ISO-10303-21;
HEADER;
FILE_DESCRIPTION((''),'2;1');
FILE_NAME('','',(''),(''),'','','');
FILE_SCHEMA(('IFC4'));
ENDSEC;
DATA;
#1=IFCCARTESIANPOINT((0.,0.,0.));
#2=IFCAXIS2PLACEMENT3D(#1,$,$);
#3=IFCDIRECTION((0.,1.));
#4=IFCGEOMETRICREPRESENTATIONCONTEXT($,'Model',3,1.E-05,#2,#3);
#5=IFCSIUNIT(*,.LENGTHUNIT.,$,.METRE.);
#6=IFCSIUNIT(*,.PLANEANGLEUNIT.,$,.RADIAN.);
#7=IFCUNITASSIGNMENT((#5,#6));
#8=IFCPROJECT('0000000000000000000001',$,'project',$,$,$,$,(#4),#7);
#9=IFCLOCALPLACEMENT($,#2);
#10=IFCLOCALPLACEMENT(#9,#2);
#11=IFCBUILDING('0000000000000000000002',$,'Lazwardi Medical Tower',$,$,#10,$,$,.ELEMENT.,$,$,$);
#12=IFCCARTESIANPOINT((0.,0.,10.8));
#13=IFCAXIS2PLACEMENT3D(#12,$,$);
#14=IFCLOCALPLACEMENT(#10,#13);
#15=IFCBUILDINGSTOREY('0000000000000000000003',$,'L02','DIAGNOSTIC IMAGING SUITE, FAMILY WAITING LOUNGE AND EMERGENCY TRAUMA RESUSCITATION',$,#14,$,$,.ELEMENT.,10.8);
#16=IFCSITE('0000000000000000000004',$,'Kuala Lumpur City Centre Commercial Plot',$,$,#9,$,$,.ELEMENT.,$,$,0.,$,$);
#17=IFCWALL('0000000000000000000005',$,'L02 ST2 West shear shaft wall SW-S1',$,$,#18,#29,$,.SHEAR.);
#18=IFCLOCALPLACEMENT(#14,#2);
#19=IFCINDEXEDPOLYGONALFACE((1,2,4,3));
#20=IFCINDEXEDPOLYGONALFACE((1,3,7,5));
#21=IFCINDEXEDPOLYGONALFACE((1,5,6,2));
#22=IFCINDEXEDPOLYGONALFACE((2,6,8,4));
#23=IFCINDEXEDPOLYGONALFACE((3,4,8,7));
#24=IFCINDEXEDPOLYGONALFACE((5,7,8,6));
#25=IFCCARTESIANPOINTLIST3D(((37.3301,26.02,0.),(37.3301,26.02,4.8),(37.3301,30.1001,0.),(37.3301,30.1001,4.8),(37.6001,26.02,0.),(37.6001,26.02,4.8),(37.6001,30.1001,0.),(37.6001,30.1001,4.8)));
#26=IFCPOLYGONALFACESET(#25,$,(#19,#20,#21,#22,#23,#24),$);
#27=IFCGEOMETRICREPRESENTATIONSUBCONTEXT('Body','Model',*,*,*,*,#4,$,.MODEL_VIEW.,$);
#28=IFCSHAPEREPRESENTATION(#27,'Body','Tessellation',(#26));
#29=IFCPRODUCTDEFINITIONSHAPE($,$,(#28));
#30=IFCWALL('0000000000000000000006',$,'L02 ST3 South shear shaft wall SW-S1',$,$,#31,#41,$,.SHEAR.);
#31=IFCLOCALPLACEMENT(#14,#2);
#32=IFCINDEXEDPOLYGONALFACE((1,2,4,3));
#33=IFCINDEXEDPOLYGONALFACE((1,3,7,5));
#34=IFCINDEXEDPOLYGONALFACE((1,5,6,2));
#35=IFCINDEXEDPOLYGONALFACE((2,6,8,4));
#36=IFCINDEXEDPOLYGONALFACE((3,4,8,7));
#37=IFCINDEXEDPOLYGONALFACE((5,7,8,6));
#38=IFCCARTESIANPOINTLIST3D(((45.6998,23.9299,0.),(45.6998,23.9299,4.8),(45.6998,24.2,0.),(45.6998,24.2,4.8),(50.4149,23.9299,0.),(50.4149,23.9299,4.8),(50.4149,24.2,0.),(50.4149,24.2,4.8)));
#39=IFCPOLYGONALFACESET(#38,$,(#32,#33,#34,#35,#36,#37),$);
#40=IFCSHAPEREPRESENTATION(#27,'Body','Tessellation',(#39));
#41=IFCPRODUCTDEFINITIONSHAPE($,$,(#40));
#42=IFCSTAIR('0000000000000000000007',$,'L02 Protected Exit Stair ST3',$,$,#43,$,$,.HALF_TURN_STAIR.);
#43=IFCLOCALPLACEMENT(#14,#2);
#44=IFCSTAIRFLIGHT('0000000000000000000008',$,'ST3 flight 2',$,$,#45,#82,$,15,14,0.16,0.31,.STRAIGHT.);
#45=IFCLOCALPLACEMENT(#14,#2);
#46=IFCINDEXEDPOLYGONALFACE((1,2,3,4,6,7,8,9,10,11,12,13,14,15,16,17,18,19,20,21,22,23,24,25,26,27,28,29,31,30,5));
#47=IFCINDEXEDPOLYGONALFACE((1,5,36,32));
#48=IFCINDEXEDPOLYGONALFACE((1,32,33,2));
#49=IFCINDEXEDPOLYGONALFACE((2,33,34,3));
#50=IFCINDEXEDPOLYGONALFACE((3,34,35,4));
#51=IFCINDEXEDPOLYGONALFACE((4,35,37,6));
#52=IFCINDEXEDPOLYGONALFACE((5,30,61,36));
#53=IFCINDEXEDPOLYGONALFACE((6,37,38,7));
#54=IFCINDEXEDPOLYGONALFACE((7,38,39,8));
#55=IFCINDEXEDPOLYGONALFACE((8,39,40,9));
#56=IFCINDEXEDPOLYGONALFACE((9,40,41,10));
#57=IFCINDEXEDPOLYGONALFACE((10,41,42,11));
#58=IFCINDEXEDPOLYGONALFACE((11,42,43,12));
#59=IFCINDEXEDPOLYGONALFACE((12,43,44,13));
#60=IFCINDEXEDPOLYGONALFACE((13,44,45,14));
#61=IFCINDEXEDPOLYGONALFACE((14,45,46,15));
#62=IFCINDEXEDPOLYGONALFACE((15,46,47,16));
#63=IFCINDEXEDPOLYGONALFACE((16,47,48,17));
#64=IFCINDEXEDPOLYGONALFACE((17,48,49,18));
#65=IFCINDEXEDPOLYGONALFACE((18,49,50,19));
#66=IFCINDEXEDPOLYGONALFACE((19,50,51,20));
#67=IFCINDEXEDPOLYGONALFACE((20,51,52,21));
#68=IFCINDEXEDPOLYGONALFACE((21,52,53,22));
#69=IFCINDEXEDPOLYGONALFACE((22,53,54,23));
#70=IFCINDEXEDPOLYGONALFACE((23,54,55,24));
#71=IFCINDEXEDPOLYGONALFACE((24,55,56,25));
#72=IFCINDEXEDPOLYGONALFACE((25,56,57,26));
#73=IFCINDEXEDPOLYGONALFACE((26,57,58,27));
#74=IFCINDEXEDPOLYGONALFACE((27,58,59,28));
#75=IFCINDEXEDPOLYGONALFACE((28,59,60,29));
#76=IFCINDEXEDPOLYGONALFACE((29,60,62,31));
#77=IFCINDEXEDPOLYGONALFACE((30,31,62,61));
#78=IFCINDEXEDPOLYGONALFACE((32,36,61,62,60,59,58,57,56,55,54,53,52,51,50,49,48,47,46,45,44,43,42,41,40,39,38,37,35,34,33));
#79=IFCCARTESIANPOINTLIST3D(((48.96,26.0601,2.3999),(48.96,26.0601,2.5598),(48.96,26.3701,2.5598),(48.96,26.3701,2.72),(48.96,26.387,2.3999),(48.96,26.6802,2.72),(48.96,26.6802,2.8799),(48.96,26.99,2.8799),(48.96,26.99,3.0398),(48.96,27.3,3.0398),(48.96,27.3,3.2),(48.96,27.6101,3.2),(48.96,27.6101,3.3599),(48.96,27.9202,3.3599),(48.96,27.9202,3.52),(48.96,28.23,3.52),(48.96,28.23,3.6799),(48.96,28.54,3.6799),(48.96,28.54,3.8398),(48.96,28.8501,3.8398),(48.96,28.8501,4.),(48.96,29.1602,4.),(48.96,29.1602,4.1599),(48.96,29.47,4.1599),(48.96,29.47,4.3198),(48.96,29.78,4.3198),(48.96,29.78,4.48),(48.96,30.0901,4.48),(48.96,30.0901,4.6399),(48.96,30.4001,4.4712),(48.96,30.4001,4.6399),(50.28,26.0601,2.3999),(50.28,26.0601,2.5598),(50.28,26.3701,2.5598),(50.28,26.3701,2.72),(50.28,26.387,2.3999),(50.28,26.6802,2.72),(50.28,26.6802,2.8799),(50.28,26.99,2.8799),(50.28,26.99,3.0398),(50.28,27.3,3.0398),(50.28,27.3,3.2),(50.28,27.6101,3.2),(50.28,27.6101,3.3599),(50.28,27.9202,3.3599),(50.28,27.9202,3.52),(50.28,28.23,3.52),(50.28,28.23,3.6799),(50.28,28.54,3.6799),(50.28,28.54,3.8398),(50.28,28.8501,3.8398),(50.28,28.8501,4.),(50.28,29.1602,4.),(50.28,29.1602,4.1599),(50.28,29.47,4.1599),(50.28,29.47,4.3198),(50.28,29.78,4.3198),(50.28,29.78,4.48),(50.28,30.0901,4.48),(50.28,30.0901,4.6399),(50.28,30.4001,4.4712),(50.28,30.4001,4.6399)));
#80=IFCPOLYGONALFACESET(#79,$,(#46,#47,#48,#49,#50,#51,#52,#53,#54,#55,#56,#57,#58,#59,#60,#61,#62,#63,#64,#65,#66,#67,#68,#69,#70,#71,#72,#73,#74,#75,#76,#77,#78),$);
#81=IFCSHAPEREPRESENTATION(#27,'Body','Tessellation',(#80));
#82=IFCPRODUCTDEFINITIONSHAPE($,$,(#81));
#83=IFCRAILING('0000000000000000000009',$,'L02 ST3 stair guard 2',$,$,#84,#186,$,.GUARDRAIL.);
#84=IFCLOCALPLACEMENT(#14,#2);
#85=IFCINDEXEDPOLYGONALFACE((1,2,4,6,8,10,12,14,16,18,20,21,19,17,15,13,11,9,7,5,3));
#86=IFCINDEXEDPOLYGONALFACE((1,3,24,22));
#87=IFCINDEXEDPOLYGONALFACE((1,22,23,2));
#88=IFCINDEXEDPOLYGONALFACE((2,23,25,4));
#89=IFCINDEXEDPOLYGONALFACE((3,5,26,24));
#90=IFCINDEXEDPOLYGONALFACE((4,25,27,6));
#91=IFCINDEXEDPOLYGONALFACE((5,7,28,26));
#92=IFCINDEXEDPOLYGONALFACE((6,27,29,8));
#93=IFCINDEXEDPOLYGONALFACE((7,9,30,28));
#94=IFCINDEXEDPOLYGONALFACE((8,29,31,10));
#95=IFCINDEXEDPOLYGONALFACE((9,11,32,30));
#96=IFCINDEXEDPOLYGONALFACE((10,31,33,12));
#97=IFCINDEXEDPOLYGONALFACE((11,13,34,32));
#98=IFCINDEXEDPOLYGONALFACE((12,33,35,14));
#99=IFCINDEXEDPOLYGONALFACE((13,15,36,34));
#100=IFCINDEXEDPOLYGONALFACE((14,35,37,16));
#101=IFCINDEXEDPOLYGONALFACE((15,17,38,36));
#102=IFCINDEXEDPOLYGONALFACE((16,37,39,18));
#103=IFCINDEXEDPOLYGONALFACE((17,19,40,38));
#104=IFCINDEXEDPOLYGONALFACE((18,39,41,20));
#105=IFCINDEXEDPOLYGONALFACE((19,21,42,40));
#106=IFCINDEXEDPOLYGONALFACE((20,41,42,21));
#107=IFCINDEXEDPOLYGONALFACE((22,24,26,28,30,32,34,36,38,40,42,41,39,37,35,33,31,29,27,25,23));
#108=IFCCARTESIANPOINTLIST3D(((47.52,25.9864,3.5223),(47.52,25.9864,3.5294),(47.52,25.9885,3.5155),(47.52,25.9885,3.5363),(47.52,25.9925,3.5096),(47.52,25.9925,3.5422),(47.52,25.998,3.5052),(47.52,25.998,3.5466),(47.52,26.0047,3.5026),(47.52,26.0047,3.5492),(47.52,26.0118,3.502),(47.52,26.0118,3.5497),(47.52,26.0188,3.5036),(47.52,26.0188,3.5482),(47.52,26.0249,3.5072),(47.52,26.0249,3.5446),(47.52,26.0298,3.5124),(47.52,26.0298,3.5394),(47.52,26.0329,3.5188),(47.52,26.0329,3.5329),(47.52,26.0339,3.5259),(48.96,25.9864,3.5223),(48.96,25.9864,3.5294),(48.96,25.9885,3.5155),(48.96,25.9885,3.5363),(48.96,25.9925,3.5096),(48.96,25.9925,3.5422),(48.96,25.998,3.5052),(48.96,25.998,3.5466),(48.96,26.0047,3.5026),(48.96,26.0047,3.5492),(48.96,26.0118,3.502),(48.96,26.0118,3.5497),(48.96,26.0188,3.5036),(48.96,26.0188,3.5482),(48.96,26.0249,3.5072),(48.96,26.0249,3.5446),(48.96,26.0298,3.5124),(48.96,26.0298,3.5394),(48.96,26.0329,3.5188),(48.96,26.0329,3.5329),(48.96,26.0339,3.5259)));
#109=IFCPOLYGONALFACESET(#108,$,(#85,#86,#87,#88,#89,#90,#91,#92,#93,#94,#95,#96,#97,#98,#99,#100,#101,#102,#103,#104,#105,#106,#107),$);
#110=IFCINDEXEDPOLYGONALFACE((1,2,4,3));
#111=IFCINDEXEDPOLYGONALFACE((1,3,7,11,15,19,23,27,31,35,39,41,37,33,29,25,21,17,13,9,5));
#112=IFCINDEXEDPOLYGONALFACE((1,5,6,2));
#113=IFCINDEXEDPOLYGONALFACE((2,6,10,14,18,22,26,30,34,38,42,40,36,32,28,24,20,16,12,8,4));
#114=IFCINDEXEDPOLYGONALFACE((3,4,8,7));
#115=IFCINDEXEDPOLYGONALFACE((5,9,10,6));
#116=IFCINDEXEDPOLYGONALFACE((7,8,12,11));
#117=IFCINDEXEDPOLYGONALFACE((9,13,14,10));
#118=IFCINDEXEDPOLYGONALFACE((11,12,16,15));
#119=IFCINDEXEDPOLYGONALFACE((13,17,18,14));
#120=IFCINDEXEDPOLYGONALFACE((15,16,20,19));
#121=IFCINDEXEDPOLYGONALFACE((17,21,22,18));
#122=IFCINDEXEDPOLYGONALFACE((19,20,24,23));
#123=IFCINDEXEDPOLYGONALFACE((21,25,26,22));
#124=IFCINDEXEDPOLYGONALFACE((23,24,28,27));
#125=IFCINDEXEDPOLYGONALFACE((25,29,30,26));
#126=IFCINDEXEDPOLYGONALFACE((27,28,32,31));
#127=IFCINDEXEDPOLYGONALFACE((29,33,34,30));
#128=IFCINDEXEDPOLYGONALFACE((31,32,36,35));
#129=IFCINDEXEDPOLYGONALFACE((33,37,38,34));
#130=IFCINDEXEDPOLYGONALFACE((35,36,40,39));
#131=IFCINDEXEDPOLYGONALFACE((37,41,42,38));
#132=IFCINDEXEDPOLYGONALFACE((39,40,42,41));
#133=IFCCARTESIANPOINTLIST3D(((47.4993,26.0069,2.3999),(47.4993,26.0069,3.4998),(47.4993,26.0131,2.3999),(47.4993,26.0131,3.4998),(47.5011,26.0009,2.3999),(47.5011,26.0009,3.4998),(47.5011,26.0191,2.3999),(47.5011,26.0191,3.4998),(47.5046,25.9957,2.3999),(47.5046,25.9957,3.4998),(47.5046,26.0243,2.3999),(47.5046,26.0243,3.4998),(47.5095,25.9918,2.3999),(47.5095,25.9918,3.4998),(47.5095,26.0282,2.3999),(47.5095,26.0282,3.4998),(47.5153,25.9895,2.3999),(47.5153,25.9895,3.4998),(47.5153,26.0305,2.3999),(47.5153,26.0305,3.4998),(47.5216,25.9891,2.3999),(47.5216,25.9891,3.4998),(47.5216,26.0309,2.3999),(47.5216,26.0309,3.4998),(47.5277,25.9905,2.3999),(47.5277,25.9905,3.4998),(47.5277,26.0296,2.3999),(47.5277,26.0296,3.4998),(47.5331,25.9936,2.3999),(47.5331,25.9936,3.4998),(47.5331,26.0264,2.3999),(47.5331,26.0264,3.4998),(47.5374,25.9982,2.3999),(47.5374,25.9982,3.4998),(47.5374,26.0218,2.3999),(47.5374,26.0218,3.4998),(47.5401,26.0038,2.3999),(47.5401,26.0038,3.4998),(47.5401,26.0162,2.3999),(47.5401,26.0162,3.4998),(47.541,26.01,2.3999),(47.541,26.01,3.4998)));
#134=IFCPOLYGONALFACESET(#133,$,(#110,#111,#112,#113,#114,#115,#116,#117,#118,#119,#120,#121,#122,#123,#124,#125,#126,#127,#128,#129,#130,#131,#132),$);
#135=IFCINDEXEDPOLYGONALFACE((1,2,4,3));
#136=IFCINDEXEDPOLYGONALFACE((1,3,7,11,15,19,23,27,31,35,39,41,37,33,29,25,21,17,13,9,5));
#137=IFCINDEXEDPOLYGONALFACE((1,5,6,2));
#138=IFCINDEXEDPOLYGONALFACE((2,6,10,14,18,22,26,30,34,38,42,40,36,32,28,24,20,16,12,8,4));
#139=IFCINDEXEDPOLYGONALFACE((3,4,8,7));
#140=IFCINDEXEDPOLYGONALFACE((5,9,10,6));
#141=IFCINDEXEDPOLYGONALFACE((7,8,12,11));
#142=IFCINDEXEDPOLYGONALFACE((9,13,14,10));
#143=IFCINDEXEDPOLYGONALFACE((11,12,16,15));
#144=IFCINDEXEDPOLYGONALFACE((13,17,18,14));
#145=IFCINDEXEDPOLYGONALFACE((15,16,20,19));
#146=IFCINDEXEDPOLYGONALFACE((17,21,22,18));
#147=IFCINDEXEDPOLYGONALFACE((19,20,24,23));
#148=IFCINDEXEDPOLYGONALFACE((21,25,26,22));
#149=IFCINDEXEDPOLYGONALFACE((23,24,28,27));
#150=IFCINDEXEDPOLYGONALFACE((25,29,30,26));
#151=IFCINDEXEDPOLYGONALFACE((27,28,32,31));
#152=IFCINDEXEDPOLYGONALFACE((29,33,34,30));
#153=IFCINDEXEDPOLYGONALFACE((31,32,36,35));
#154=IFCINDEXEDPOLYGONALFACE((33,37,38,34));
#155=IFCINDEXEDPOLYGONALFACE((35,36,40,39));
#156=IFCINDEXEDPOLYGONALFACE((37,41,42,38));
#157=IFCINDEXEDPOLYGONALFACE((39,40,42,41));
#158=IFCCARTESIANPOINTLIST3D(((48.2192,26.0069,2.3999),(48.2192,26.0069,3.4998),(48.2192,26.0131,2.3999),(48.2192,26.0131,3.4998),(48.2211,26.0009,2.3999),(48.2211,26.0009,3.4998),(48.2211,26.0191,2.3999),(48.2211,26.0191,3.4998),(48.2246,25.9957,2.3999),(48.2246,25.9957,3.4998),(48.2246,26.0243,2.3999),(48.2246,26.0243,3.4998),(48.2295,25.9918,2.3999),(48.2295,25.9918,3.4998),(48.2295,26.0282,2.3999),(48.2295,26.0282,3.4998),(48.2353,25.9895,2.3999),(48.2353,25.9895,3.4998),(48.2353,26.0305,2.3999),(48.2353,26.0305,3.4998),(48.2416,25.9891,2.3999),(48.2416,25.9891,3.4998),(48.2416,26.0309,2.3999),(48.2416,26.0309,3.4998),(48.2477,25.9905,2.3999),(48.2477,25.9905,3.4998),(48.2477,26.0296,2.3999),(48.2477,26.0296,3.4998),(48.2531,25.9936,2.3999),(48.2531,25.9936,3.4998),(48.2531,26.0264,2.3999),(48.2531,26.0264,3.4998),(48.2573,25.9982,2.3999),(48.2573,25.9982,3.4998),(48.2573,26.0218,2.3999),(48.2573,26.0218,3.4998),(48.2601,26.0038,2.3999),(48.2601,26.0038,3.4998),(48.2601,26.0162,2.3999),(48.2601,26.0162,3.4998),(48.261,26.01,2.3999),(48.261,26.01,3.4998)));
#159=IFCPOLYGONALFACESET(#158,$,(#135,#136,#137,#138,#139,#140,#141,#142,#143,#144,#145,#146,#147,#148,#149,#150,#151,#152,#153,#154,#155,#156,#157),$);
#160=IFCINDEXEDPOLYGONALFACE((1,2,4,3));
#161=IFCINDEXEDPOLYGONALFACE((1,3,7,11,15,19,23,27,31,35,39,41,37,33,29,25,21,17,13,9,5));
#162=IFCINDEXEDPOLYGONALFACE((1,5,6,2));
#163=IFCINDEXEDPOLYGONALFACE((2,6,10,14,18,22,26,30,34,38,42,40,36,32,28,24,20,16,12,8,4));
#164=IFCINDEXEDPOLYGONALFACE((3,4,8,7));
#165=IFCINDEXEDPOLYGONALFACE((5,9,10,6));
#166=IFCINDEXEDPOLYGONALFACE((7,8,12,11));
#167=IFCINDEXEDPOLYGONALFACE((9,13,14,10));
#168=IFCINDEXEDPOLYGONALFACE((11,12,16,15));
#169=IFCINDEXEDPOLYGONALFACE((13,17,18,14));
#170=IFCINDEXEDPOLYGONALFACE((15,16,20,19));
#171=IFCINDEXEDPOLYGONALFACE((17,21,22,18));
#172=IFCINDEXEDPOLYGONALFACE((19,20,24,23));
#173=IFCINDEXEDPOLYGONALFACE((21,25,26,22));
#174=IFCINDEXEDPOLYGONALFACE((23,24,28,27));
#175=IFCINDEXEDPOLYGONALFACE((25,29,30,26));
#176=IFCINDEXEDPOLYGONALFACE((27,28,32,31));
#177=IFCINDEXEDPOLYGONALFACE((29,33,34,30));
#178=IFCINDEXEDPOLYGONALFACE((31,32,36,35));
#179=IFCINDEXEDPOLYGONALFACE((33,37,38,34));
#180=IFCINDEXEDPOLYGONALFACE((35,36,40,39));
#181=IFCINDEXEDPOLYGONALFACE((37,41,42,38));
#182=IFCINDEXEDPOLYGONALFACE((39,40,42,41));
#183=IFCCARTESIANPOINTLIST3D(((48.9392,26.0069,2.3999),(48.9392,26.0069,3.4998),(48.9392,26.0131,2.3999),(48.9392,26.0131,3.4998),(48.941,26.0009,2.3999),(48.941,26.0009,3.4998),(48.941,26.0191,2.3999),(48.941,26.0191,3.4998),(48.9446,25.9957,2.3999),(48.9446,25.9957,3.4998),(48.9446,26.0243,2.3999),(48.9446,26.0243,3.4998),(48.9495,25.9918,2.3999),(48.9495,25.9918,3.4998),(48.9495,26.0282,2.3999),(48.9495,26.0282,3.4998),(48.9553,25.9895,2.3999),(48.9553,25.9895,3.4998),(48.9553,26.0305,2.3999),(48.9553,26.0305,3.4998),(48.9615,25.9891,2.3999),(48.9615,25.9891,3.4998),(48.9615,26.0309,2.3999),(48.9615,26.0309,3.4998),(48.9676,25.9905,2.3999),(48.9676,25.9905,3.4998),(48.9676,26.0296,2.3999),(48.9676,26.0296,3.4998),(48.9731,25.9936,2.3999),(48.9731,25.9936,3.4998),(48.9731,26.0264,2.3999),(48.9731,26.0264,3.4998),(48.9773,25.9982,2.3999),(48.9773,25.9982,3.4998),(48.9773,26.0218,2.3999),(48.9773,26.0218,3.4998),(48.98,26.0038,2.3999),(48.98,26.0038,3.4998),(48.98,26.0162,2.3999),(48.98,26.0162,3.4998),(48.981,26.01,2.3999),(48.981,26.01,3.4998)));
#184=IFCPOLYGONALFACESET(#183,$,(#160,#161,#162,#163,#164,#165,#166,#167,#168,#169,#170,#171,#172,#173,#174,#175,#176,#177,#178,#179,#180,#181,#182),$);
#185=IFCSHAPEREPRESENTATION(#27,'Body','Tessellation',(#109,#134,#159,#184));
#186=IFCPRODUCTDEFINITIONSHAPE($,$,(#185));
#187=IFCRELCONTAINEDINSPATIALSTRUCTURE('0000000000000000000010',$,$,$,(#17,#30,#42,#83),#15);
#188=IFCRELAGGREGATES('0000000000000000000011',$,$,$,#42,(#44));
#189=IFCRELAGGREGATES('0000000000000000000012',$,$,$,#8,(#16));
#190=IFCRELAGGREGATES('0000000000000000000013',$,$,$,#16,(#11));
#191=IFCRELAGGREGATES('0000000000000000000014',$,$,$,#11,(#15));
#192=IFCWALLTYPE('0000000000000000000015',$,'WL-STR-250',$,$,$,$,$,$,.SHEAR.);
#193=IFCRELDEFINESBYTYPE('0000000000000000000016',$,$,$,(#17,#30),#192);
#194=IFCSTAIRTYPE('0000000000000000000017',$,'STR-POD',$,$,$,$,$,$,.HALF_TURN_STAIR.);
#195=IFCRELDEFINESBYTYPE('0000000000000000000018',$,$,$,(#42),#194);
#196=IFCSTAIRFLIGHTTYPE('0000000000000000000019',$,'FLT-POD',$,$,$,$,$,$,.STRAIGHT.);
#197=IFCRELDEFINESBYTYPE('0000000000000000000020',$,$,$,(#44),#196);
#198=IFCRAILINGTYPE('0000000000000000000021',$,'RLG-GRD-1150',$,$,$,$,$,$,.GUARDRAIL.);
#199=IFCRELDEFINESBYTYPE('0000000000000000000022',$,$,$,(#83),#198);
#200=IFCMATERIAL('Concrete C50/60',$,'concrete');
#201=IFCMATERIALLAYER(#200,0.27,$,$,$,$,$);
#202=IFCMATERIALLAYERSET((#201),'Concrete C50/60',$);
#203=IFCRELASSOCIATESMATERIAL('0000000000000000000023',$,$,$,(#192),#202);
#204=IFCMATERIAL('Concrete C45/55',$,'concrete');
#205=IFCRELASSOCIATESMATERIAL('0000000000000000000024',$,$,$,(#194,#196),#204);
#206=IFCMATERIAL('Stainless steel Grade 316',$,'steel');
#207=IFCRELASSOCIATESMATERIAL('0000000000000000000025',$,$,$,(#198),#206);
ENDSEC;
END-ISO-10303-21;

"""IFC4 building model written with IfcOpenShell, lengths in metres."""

from ifc_helpers import new_model, si_unit, direction, frame, frame_2d, origin, origin_2d, place, context, subcontext, project, spatial, polyline, rectangle, circle, outline, extrude, material, layer, layer_set, type_object, element, aggregate, save


model = new_model("IFC4")

# Units and contexts
model_context = context("Model", 3, precision=1e-05, world=origin(), true_north=direction((0.0, 1.0)))
body_context = subcontext(model_context, "Body", "Model", "MODEL_VIEW")
ifc_project = project(units=[si_unit("LENGTHUNIT", "METRE"), si_unit("PLANEANGLEUNIT", "RADIAN")], contexts=[model_context])

# Site, building, storey
site_placement = place(None, origin())
site = spatial("IfcSite", under=ifc_project, at=site_placement, Name="Kuala Lumpur City Centre Commercial Plot", CompositionType="ELEMENT", RefElevation=0.0)
building_placement = place(site_placement, origin())
building = spatial("IfcBuilding", under=site, at=building_placement, Name="Lazwardi Medical Tower", CompositionType="ELEMENT")
storey_placement = place(building_placement, frame((0.0, 0.0, 10.8)))
storey = spatial("IfcBuildingStorey", under=building, at=storey_placement, Name="L02", Description="DIAGNOSTIC IMAGING SUITE, FAMILY WAITING LOUNGE AND EMERGENCY TRAUMA RESUSCITATION", CompositionType="ELEMENT", Elevation=10.8)

# Walls
ifc_material_1 = material(Name="Concrete C50/60", Category="concrete")
ifc_layer_1 = layer(ifc_material_1, 0.27)
ifc_layer_set_1 = layer_set([ifc_layer_1], Name="Concrete C50/60")
wall_type_1 = type_object("IfcWallType", Name="WL-STR-250", PredefinedType="SHEAR", material=ifc_layer_set_1)
wall_1_placement = place(storey_placement, frame((37.4651, 26.02, 0.0), z_axis=(0.0, 0.0, 1.0), x_axis=(0.0, 1.0, 0.0)))
element("IfcWall", 1, at=wall_1_placement, inside=storey, type_object=wall_type_1, Name="L02 ST2 West shear shaft wall SW-S1", PredefinedType="SHEAR", context=body_context, shape_type="SweptSolid", body=[
    extrude(rectangle(XDim=4.0801, YDim=0.27, at=frame_2d((2.04, 0.0))), origin(), (0.0, 0.0, 1.0), 4.8),
])
wall_2_placement = place(storey_placement, frame((45.7, 24.0649, 0.0), z_axis=(0.0, 0.0, 1.0), x_axis=(1.0, 0.0, 0.0)))
element("IfcWall", 2, at=wall_2_placement, inside=storey, type_object=wall_type_1, Name="L02 ST3 South shear shaft wall SW-S1", PredefinedType="SHEAR", context=body_context, shape_type="SweptSolid", body=[
    extrude(rectangle(XDim=4.7151, YDim=0.27, at=frame_2d((2.3574, 0.0))), origin(), (0.0, 0.0, 1.0), 4.8),
])

# Stair, stair flight
ifc_material_2 = material(Name="Concrete C45/55", Category="concrete")
stair_type = type_object("IfcStairType", Name="STR-POD", PredefinedType="HALF_TURN_STAIR", material=ifc_material_2)
stair_placement = place(storey_placement, origin())
stair = element("IfcStair", 3, at=stair_placement, inside=storey, type_object=stair_type, Name="L02 Protected Exit Stair ST3", PredefinedType="HALF_TURN_STAIR")
stair_flight_type = type_object("IfcStairFlightType", Name="FLT-POD", PredefinedType="STRAIGHT", material=ifc_material_2)
stair_flight_placement = place(storey_placement, frame((49.6201, 26.0601, 2.3999), z_axis=(0.0, 0.0, 1.0), x_axis=(0.0, 1.0, 0.0)))
stair_flight = element("IfcStairFlight", 4, at=stair_flight_placement, type_object=stair_flight_type, Name="ST3 flight 2", NumberOfRisers=15, NumberOfTreads=14, PredefinedType="STRAIGHT", RiserHeight=0.16, TreadLength=0.31, context=body_context, shape_type="SweptSolid", body=[
    extrude(outline(polyline([(0.0, 0.0), (0.0, 0.1599), (0.3101, 0.1599), (0.3101, 0.3201), (0.6201, 0.3201), (0.6201, 0.48), (0.9299, 0.48), (0.9299, 0.6399), (1.24, 0.6399), (1.24, 0.8), (1.55, 0.8), (1.55, 0.96), (1.8601, 0.96), (1.8601, 1.1201), (2.1699, 1.1201), (2.1699, 1.28), (2.48, 1.28), (2.48, 1.4399), (2.79, 1.4399), (2.79, 1.6001), (3.1001, 1.6001), (3.1001, 1.76), (3.4099, 1.76), (3.4099, 1.9199), (3.72, 1.9199), (3.72, 2.0801), (4.03, 2.0801), (4.03, 2.24), (4.3401, 2.24), (4.3401, 2.3999), (4.3401, 2.0713), (0.3269, 0.0), (0.0, 0.0)])), frame((0.0, 0.6602, 0.0), z_axis=(0.0, -1.0, 0.0), x_axis=(1.0, 0.0, 0.0)), (0.0, 0.0, 1.0), 1.3201),
])
aggregate(stair, [stair_flight])

# Railing
ifc_material_3 = material(Name="Stainless steel Grade 316", Category="steel")
railing_type_1 = type_object("IfcRailingType", Name="RLG-GRD-1150", PredefinedType="GUARDRAIL", material=ifc_material_3)
railing_1_placement = place(storey_placement, frame((47.52, 26.01, 2.3999)))
element("IfcRailing", 5, at=railing_1_placement, inside=storey, type_object=railing_type_1, Name="L02 ST3 stair guard 2", PredefinedType="GUARDRAIL", context=body_context, shape_type="SweptSolid", body=[
    extrude(circle(Radius=0.0239, at=origin_2d()), frame((0.0, 0.0, 1.126), z_axis=(1.0, 0.0, 0.0), x_axis=(0.0, 1.0, 0.0)), (0.0, 0.0, 1.0), 1.4399),
    extrude(circle(Radius=0.021, at=origin_2d()), origin(), (0.0, 0.0, 1.0), 1.0999),
    extrude(circle(Radius=0.021, at=origin_2d()), frame((0.72, 0.0, 0.0)), (0.0, 0.0, 1.0), 1.0999),
    extrude(circle(Radius=0.021, at=origin_2d()), frame((1.4399, 0.0, 0.0)), (0.0, 0.0, 1.0), 1.0999),
])

save(model, "model.ifc")
